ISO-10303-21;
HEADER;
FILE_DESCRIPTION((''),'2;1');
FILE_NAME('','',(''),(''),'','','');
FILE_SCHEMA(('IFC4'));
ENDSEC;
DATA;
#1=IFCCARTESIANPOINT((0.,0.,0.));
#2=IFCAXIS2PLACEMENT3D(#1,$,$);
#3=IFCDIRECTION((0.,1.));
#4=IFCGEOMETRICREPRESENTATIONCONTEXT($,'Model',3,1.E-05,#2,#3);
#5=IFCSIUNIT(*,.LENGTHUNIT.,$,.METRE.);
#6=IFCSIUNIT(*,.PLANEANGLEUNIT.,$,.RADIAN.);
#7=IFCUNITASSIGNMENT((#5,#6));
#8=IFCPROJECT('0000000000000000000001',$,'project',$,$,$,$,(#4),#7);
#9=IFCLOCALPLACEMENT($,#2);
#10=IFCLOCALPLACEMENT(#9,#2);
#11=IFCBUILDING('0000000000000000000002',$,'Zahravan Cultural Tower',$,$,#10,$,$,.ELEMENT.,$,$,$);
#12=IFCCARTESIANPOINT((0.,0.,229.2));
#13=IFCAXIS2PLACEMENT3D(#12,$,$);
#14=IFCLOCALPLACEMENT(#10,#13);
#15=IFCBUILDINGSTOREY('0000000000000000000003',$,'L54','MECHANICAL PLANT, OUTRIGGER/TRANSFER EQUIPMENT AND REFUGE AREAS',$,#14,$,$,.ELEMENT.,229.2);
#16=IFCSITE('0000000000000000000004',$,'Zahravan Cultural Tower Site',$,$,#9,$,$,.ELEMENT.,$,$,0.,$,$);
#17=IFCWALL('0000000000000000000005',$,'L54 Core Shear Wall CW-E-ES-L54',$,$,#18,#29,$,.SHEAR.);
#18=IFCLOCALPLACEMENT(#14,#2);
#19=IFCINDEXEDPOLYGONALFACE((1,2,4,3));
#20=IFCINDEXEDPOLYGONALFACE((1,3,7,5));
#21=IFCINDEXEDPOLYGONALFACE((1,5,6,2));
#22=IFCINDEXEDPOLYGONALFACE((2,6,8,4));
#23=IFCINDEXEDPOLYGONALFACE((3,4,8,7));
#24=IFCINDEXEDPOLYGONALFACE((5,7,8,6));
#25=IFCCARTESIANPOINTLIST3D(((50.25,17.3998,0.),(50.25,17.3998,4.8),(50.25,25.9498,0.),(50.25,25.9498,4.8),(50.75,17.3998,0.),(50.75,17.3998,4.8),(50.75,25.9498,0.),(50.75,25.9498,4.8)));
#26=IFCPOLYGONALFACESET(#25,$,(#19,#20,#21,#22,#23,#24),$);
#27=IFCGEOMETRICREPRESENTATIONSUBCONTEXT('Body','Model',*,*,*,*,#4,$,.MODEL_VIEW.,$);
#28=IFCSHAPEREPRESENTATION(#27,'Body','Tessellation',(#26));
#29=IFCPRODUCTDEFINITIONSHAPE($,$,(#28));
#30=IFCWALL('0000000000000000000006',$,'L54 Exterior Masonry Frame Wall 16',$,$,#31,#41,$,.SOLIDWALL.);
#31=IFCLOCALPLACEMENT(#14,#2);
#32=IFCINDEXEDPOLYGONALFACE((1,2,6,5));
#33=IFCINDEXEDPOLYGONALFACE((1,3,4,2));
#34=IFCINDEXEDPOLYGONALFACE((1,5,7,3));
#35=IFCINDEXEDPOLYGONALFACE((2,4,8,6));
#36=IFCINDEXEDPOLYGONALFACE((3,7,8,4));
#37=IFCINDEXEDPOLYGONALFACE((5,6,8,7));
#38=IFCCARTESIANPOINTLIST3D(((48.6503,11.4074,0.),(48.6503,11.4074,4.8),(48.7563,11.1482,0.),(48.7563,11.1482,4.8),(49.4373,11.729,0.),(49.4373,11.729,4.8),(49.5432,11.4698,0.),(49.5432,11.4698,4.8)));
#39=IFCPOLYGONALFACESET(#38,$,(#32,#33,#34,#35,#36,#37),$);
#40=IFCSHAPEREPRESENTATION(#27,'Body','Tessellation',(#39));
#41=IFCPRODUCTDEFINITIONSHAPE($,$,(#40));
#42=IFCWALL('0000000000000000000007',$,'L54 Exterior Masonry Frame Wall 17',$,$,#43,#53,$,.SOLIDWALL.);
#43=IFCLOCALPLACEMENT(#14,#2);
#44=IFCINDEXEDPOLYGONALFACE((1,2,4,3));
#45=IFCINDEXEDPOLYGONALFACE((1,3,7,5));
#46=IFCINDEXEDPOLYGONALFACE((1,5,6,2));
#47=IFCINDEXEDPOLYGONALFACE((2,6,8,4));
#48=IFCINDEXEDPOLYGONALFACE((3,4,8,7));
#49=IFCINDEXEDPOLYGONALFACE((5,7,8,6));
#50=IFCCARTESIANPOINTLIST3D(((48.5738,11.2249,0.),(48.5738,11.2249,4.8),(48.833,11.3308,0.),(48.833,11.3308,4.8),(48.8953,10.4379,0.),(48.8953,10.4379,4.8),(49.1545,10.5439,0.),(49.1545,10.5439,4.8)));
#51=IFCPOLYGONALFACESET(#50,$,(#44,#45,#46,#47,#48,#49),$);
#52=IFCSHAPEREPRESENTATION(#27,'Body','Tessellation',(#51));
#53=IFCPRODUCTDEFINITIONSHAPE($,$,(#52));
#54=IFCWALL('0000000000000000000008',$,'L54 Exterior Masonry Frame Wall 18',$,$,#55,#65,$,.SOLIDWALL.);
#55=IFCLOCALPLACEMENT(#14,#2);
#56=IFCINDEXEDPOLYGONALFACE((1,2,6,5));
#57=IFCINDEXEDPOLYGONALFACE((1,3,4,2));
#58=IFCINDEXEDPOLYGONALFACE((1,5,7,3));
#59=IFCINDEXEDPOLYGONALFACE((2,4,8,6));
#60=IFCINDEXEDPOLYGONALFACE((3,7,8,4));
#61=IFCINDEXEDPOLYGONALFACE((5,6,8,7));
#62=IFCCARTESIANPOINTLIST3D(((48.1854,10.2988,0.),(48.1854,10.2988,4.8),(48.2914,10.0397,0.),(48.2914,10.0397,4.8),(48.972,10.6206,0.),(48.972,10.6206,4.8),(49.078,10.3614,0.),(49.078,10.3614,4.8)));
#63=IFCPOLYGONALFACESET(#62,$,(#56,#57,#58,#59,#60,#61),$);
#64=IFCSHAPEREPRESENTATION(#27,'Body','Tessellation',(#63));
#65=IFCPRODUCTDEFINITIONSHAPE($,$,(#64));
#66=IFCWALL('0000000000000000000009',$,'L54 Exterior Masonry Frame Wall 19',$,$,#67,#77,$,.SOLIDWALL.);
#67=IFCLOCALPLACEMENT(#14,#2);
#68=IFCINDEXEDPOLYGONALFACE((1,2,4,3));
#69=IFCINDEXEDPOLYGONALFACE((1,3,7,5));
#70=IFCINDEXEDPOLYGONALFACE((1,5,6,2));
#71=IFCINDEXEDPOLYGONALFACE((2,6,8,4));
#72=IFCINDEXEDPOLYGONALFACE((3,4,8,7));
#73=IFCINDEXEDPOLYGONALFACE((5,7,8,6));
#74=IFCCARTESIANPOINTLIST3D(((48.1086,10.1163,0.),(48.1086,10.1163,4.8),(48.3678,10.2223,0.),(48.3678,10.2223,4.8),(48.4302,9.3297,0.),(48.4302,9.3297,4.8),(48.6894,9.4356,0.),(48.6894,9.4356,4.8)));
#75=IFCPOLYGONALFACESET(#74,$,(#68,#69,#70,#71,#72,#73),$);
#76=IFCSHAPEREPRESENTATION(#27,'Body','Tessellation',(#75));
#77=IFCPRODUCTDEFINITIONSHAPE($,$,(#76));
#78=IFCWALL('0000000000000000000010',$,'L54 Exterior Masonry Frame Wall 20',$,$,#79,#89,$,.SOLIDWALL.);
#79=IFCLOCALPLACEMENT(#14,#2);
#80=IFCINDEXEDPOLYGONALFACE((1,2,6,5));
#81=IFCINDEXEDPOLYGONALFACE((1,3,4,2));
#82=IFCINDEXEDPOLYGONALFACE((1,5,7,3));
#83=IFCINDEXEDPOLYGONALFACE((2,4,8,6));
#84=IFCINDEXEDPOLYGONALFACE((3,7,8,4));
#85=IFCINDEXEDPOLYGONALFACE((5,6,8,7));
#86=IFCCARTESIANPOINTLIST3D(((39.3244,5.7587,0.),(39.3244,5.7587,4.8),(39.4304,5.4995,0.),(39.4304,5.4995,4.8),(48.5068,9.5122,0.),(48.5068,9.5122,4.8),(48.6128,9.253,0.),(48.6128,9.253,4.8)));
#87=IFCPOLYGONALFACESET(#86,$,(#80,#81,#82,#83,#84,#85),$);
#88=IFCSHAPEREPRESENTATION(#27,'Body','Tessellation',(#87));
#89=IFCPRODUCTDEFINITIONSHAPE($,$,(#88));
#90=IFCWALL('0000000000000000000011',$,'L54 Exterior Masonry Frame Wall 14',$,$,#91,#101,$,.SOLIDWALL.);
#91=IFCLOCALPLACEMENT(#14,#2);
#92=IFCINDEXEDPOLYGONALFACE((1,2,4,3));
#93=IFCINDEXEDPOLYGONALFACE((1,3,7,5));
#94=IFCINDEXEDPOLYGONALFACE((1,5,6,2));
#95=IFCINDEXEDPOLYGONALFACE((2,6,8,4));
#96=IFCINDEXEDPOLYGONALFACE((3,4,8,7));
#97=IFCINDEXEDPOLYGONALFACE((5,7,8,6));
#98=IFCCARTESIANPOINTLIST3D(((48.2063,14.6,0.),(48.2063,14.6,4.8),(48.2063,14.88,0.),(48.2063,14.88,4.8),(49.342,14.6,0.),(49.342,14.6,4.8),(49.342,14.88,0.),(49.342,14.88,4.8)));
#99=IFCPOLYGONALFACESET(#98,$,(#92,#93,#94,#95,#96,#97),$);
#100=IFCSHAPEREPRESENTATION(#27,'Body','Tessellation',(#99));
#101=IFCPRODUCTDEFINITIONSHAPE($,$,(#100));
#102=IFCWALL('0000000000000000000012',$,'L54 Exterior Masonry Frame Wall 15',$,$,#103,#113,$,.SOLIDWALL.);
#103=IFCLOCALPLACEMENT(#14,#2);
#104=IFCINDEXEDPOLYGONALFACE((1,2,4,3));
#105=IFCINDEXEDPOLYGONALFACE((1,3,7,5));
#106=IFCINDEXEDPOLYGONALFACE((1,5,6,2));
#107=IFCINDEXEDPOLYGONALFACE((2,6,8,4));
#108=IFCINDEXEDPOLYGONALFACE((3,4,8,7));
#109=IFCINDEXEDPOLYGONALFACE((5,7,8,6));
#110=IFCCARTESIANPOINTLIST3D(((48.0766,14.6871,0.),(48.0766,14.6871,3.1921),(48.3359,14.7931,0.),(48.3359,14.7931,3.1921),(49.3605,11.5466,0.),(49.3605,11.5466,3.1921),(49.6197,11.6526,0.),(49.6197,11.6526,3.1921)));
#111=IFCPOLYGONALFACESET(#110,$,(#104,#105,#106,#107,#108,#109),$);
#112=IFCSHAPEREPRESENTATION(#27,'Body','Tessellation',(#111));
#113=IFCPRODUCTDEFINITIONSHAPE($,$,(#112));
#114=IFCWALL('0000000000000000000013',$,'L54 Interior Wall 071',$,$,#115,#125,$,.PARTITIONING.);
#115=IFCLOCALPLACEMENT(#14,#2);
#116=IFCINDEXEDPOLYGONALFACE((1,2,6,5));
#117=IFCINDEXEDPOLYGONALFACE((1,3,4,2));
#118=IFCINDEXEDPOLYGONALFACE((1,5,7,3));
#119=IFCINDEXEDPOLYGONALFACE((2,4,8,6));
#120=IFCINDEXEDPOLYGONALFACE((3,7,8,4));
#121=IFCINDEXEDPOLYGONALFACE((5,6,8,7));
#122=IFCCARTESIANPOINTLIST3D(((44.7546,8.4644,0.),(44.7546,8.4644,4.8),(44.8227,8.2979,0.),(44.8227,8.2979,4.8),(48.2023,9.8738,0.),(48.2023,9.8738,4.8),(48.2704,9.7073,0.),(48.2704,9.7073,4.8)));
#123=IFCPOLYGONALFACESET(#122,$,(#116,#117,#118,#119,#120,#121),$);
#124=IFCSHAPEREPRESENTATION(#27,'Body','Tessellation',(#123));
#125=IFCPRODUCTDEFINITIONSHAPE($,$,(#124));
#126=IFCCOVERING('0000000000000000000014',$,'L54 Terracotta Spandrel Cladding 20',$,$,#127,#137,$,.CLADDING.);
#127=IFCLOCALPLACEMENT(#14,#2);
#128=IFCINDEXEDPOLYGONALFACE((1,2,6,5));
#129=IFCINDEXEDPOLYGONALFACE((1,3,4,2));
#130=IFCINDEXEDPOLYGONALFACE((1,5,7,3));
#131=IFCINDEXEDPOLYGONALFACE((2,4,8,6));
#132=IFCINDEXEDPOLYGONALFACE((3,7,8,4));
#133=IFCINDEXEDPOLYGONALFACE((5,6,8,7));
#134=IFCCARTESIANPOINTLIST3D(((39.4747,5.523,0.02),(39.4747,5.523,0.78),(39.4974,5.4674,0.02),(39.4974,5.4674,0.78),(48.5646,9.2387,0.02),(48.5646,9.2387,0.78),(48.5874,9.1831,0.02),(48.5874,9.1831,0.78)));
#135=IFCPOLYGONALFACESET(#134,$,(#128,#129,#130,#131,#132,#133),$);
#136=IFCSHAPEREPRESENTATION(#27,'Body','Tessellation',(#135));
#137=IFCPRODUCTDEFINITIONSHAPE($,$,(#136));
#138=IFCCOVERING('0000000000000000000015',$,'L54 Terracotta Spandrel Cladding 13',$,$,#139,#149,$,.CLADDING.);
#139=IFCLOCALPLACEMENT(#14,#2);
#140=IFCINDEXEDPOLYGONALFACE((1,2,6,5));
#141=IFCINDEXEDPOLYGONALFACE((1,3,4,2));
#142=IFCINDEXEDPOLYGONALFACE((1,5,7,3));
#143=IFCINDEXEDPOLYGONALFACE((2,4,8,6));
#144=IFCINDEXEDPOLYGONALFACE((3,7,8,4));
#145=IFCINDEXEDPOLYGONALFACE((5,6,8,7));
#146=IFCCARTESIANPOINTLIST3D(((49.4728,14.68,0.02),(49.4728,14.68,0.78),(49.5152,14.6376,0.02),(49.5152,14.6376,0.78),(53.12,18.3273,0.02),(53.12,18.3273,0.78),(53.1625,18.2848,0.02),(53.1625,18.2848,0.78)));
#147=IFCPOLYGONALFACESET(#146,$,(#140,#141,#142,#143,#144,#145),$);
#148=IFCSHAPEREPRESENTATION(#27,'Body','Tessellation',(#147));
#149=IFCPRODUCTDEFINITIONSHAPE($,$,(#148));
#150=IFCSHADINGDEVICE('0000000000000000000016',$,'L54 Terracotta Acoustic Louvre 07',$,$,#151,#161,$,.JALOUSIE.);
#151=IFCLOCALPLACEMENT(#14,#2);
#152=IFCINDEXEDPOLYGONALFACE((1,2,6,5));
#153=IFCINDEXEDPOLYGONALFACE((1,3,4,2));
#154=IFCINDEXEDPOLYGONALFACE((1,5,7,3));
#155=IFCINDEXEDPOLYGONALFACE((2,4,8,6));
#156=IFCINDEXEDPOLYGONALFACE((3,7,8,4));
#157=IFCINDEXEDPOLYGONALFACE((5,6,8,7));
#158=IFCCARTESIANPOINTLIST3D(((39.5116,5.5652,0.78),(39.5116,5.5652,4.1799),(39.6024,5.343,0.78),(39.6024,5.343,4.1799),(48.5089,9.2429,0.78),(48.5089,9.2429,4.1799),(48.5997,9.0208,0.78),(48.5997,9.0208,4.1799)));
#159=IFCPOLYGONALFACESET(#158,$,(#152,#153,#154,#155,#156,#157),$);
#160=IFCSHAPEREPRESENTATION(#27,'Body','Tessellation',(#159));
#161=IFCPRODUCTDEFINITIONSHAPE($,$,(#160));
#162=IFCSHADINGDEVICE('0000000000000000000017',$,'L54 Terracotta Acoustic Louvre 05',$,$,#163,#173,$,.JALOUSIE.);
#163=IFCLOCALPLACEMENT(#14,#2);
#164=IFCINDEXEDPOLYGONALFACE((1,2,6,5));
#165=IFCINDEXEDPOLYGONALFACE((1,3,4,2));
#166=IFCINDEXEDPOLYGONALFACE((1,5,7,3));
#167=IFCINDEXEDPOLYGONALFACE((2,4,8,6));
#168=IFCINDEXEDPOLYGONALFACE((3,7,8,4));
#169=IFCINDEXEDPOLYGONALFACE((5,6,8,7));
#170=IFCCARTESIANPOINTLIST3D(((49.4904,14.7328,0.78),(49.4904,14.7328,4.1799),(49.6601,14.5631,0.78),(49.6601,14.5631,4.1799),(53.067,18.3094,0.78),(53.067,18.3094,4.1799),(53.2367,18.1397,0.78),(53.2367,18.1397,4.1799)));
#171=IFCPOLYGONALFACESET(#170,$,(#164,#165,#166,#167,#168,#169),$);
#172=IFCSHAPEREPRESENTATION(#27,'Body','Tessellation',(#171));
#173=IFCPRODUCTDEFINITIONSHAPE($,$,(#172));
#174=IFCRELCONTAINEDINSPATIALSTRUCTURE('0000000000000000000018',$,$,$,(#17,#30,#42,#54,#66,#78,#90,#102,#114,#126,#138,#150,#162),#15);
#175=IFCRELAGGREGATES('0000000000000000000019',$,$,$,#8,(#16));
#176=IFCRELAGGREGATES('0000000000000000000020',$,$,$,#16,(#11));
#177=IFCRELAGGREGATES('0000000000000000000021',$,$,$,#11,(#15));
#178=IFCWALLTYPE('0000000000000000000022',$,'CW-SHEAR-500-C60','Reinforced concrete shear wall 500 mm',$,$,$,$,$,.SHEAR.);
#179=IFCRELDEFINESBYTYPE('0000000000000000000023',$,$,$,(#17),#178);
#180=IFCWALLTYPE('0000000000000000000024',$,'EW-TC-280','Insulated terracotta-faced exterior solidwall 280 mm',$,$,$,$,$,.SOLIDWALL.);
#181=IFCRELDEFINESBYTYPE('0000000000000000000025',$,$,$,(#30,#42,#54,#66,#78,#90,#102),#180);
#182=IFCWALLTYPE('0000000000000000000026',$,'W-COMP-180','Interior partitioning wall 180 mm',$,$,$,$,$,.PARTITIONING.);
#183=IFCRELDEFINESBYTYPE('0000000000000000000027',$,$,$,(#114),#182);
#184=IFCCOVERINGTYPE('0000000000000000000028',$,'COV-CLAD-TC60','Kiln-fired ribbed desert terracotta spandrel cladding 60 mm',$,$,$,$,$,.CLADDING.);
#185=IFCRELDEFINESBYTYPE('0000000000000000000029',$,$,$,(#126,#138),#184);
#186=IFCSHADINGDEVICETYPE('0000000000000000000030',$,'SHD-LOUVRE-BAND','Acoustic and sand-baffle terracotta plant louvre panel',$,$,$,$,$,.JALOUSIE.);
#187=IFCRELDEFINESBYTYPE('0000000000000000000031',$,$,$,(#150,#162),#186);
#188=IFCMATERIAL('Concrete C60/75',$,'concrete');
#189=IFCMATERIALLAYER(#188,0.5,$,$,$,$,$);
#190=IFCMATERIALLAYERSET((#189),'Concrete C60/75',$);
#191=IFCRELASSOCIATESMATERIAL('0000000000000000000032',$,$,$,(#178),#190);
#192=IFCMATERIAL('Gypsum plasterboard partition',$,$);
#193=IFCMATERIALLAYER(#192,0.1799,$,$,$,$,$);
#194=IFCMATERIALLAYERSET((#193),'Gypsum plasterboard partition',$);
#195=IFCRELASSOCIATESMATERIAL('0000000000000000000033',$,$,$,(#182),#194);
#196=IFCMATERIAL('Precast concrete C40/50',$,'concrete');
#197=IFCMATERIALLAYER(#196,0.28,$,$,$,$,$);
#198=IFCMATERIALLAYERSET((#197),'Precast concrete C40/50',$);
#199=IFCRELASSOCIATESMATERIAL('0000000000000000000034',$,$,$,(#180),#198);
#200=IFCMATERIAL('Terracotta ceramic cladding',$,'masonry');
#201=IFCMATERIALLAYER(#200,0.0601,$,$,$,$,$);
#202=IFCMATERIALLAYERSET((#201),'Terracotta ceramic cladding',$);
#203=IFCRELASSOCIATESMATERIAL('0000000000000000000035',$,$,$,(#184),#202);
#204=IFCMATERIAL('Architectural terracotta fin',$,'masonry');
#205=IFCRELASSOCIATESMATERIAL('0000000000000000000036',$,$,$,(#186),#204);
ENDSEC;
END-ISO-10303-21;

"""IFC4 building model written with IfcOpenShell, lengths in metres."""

from ifc_helpers import new_model, si_unit, direction, frame, frame_2d, origin, origin_2d, place, context, subcontext, project, spatial, rectangle, extrude, source, transform, mapped, material, layer, layer_set, type_object, element, save


model = new_model("IFC4")

# Units and contexts
model_context = context("Model", 3, precision=1e-05, world=origin(), true_north=direction((0.0, 1.0)))
body_context = subcontext(model_context, "Body", "Model", "MODEL_VIEW")
ifc_project = project(units=[si_unit("LENGTHUNIT", "METRE"), si_unit("PLANEANGLEUNIT", "RADIAN")], contexts=[model_context])

# Site, building, storey
site_placement = place(None, origin())
site = spatial("IfcSite", under=ifc_project, at=site_placement, Name="Zahravan Cultural Tower Site", CompositionType="ELEMENT", RefElevation=0.0)
building_placement = place(site_placement, origin())
building = spatial("IfcBuilding", under=site, at=building_placement, Name="Zahravan Cultural Tower", CompositionType="ELEMENT")
storey_placement = place(building_placement, frame((0.0, 0.0, 229.2)))
storey = spatial("IfcBuildingStorey", under=building, at=storey_placement, Name="L54", Description="MECHANICAL PLANT, OUTRIGGER/TRANSFER EQUIPMENT AND REFUGE AREAS", CompositionType="ELEMENT", Elevation=229.2)

# Shared definitions
ifc_material_1 = material(Name="Concrete C60/75", Category="concrete")
ifc_layer_1 = layer(ifc_material_1, 0.5)
ifc_layer_set_1 = layer_set([ifc_layer_1], Name="Concrete C60/75")
wall_type_1 = type_object("IfcWallType", Name="CW-SHEAR-500-C60", Description="Reinforced concrete shear wall 500 mm", PredefinedType="SHEAR", material=ifc_layer_set_1)

# Shared definitions
ifc_material_2 = material(Name="Gypsum plasterboard partition")
ifc_layer_2 = layer(ifc_material_2, 0.1799)
ifc_layer_set_2 = layer_set([ifc_layer_2], Name="Gypsum plasterboard partition")
wall_type_2 = type_object("IfcWallType", Name="W-COMP-180", Description="Interior partitioning wall 180 mm", PredefinedType="PARTITIONING", material=ifc_layer_set_2)

# Walls
shared_shape_1 = source(origin(), body_context, "Body", "SweptSolid", [
    extrude(rectangle(XDim=8.55, YDim=0.5, at=frame_2d((4.2749, 0.0))), origin(), (0.0, 0.0, 1.0), 4.8),
])
wall_1_placement = place(storey_placement, frame((50.5, 17.3999, 0.0), z_axis=(0.0, 0.0, 1.0), x_axis=(0.0, 1.0, 0.0)))
element("IfcWall", 1, at=wall_1_placement, inside=storey, type_object=wall_type_1, Name="L54 Core Shear Wall CW-E-ES-L54", PredefinedType="SHEAR", context=body_context, shape_type="MappedRepresentation", body=[
    mapped(shared_shape_1, transform((0.0, 0.0, 0.0), x_axis=(1.0, 0.0, 0.0), y_axis=(0.0, 1.0, 0.0), z_axis=(0.0, 0.0, 1.0), scale=1.0)),
])
ifc_material_3 = material(Name="Precast concrete C40/50", Category="concrete")
ifc_layer_3 = layer(ifc_material_3, 0.28)
ifc_layer_set_3 = layer_set([ifc_layer_3], Name="Precast concrete C40/50")
wall_type_3 = type_object("IfcWallType", Name="EW-TC-280", Description="Insulated terracotta-faced exterior solidwall 280 mm", PredefinedType="SOLIDWALL", material=ifc_layer_set_3)
shared_shape_2 = source(origin(), body_context, "Body", "SweptSolid", [
    extrude(rectangle(XDim=0.8501, YDim=0.28, at=frame_2d((0.425, 0.0))), origin(), (0.0, 0.0, 1.0), 4.8),
])
for number, where, z_axis, x_axis, name in (
    (2, (49.4902, 11.5994, 0.0), (0.0, 0.0, 1.0), (-0.925698, -0.378264, 0.0), "L54 Exterior Masonry Frame Wall 16"),
    (3, (48.7034, 11.2778, 0.0), (0.0, 0.0, 1.0), (0.378264, -0.925698, 0.0), "L54 Exterior Masonry Frame Wall 17"),
):
    element("IfcWall", number, at=place(storey_placement, frame(where, z_axis=z_axis, x_axis=x_axis)), inside=storey, type_object=wall_type_3, Name=name, PredefinedType="SOLIDWALL", context=body_context, shape_type="MappedRepresentation", body=[
        mapped(shared_shape_2, transform((0.0, 0.0, 0.0), x_axis=(1.0, 0.0, 0.0), y_axis=(0.0, 1.0, 0.0), z_axis=(0.0, 0.0, 1.0), scale=1.0)),
    ])
shared_shape_3 = source(origin(), body_context, "Body", "SweptSolid", [
    extrude(rectangle(XDim=0.8499, YDim=0.28, at=frame_2d((0.4248, 0.0))), origin(), (0.0, 0.0, 1.0), 4.8),
])
for number, where, z_axis, x_axis, name in (
    (4, (49.0249, 10.491, 0.0), (0.0, 0.0, 1.0), (-0.925556, -0.37861, 0.0), "L54 Exterior Masonry Frame Wall 18"),
    (5, (48.2383, 10.1692, 0.0), (0.0, 0.0, 1.0), (0.378364, -0.925657, 0.0), "L54 Exterior Masonry Frame Wall 19"),
):
    element("IfcWall", number, at=place(storey_placement, frame(where, z_axis=z_axis, x_axis=x_axis)), inside=storey, type_object=wall_type_3, Name=name, PredefinedType="SOLIDWALL", context=body_context, shape_type="MappedRepresentation", body=[
        mapped(shared_shape_3, transform((0.0, 0.0, 0.0), x_axis=(1.0, 0.0, 0.0), y_axis=(0.0, 1.0, 0.0), z_axis=(0.0, 0.0, 1.0), scale=1.0)),
    ])
shared_shape_4 = source(origin(), body_context, "Body", "SweptSolid", [
    extrude(rectangle(XDim=9.9199, YDim=0.28, at=frame_2d((4.96, 0.0))), origin(), (0.0, 0.0, 1.0), 4.8),
])
wall_2_placement = place(storey_placement, frame((48.5598, 9.3826, 0.0), z_axis=(0.0, 0.0, 1.0), x_axis=(-0.925653, -0.378373, 0.0)))
element("IfcWall", 6, at=wall_2_placement, inside=storey, type_object=wall_type_3, Name="L54 Exterior Masonry Frame Wall 20", PredefinedType="SOLIDWALL", context=body_context, shape_type="MappedRepresentation", body=[
    mapped(shared_shape_4, transform((0.0, 0.0, 0.0), x_axis=(1.0, 0.0, 0.0), y_axis=(0.0, 1.0, 0.0), z_axis=(0.0, 0.0, 1.0), scale=1.0)),
])
shared_shape_5 = source(origin(), body_context, "Body", "SweptSolid", [
    extrude(rectangle(XDim=1.1357, YDim=0.28, at=frame_2d((0.5679, 0.0))), origin(), (0.0, 0.0, 1.0), 4.8),
])
wall_3_placement = place(storey_placement, frame((49.342, 14.74, 0.0), z_axis=(0.0, 0.0, 1.0), x_axis=(-1.0, 0.0, 0.0)))
element("IfcWall", 7, at=wall_3_placement, inside=storey, type_object=wall_type_3, Name="L54 Exterior Masonry Frame Wall 14", PredefinedType="SOLIDWALL", context=body_context, shape_type="MappedRepresentation", body=[
    mapped(shared_shape_5, transform((0.0, 0.0, 0.0), x_axis=(1.0, 0.0, 0.0), y_axis=(0.0, 1.0, 0.0), z_axis=(0.0, 0.0, 1.0), scale=1.0)),
])
shared_shape_6 = source(origin(), body_context, "Body", "SweptSolid", [
    extrude(rectangle(XDim=3.3928, YDim=0.28, at=frame_2d((1.6963, 0.0))), origin(), (0.0, 0.0, 1.0), 3.1921),
])
wall_4_placement = place(storey_placement, frame((48.2063, 14.74, 0.0), z_axis=(0.0, 0.0, 1.0), x_axis=(0.378414, -0.925636, 0.0)))
element("IfcWall", 8, at=wall_4_placement, inside=storey, type_object=wall_type_3, Name="L54 Exterior Masonry Frame Wall 15", PredefinedType="SOLIDWALL", context=body_context, shape_type="MappedRepresentation", body=[
    mapped(shared_shape_6, transform((0.0, 0.0, 0.0), x_axis=(1.0, 0.0, 0.0), y_axis=(0.0, 1.0, 0.0), z_axis=(0.0, 0.0, 1.0), scale=1.0)),
])
shared_shape_7 = source(origin(), body_context, "Body", "SweptSolid", [
    extrude(rectangle(XDim=3.7246, YDim=0.1799, at=frame_2d((1.8623, 0.0))), origin(), (0.0, 0.0, 1.0), 4.8),
])
wall_5_placement = place(storey_placement, frame((48.2363, 9.7905, 0.0), z_axis=(0.0, 0.0, 1.0), x_axis=(-0.925643, -0.378398, 0.0)))
element("IfcWall", 9, at=wall_5_placement, inside=storey, type_object=wall_type_2, Name="L54 Interior Wall 071", PredefinedType="PARTITIONING", context=body_context, shape_type="MappedRepresentation", body=[
    mapped(shared_shape_7, transform((0.0, 0.0, 0.0), x_axis=(1.0, 0.0, 0.0), y_axis=(0.0, 1.0, 0.0), z_axis=(0.0, 0.0, 1.0), scale=1.0)),
])

# Coverings
ifc_material_4 = material(Name="Terracotta ceramic cladding", Category="masonry")
ifc_layer_4 = layer(ifc_material_4, 0.0601)
ifc_layer_set_4 = layer_set([ifc_layer_4], Name="Terracotta ceramic cladding")
covering_type = type_object("IfcCoveringType", Name="COV-CLAD-TC60", Description="Kiln-fired ribbed desert terracotta spandrel cladding 60 mm", PredefinedType="CLADDING", material=ifc_layer_set_4)
shared_shape_8 = source(origin(), body_context, "Body", "SweptSolid", [
    extrude(rectangle(XDim=9.8201, YDim=0.0601, at=origin_2d()), origin(), (0.0, 0.0, 1.0), 0.76),
])
covering_1_placement = place(storey_placement, frame((44.031, 7.353, 0.02), z_axis=(0.0, 0.0, 1.0), x_axis=(-0.925653, -0.378374, 0.0)))
element("IfcCovering", 10, at=covering_1_placement, inside=storey, type_object=covering_type, Name="L54 Terracotta Spandrel Cladding 20", PredefinedType="CLADDING", context=body_context, shape_type="MappedRepresentation", body=[
    mapped(shared_shape_8, transform((0.0, 0.0, 0.0), x_axis=(1.0, 0.0, 0.0), y_axis=(0.0, 1.0, 0.0), z_axis=(0.0, 0.0, 1.0), scale=1.0)),
])
shared_shape_9 = source(origin(), body_context, "Body", "SweptSolid", [
    extrude(rectangle(XDim=5.158, YDim=0.0601, at=origin_2d()), origin(), (0.0, 0.0, 1.0), 0.76),
])
covering_2_placement = place(storey_placement, frame((51.3176, 16.4824, 0.02), z_axis=(0.0, 0.0, 1.0), x_axis=(-0.707107, -0.707107, 0.0)))
element("IfcCovering", 11, at=covering_2_placement, inside=storey, type_object=covering_type, Name="L54 Terracotta Spandrel Cladding 13", PredefinedType="CLADDING", context=body_context, shape_type="MappedRepresentation", body=[
    mapped(shared_shape_9, transform((0.0, 0.0, 0.0), x_axis=(1.0, 0.0, 0.0), y_axis=(0.0, 1.0, 0.0), z_axis=(0.0, 0.0, 1.0), scale=1.0)),
])

# Shading devices
ifc_material_5 = material(Name="Architectural terracotta fin", Category="masonry")
shading_device_type = type_object("IfcShadingDeviceType", Name="SHD-LOUVRE-BAND", Description="Acoustic and sand-baffle terracotta plant louvre panel", PredefinedType="JALOUSIE", material=ifc_material_5)
shared_shape_10 = source(origin(), body_context, "Body", "SweptSolid", [
    extrude(rectangle(XDim=9.72, YDim=0.24, at=origin_2d()), origin(), (0.0, 0.0, 1.0), 3.3999),
])
shading_device_1_placement = place(storey_placement, frame((44.0557, 7.293, 0.78), z_axis=(0.0, 0.0, 1.0), x_axis=(-0.925653, -0.378374, 0.0)))
element("IfcShadingDevice", 12, at=shading_device_1_placement, inside=storey, type_object=shading_device_type, Name="L54 Terracotta Acoustic Louvre 07", PredefinedType="JALOUSIE", context=body_context, shape_type="MappedRepresentation", body=[
    mapped(shared_shape_10, transform((0.0, 0.0, 0.0), x_axis=(1.0, 0.0, 0.0), y_axis=(0.0, 1.0, 0.0), z_axis=(0.0, 0.0, 1.0), scale=1.0)),
])
shared_shape_11 = source(origin(), body_context, "Body", "SweptSolid", [
    extrude(rectangle(XDim=5.0581, YDim=0.24, at=origin_2d()), origin(), (0.0, 0.0, 1.0), 3.3999),
])
shading_device_2_placement = place(storey_placement, frame((51.3635, 16.4363, 0.78), z_axis=(0.0, 0.0, 1.0), x_axis=(-0.707107, -0.707107, 0.0)))
element("IfcShadingDevice", 13, at=shading_device_2_placement, inside=storey, type_object=shading_device_type, Name="L54 Terracotta Acoustic Louvre 05", PredefinedType="JALOUSIE", context=body_context, shape_type="MappedRepresentation", body=[
    mapped(shared_shape_11, transform((0.0, 0.0, 0.0), x_axis=(1.0, 0.0, 0.0), y_axis=(0.0, 1.0, 0.0), z_axis=(0.0, 0.0, 1.0), scale=1.0)),
])

save(model, "model.ifc")
